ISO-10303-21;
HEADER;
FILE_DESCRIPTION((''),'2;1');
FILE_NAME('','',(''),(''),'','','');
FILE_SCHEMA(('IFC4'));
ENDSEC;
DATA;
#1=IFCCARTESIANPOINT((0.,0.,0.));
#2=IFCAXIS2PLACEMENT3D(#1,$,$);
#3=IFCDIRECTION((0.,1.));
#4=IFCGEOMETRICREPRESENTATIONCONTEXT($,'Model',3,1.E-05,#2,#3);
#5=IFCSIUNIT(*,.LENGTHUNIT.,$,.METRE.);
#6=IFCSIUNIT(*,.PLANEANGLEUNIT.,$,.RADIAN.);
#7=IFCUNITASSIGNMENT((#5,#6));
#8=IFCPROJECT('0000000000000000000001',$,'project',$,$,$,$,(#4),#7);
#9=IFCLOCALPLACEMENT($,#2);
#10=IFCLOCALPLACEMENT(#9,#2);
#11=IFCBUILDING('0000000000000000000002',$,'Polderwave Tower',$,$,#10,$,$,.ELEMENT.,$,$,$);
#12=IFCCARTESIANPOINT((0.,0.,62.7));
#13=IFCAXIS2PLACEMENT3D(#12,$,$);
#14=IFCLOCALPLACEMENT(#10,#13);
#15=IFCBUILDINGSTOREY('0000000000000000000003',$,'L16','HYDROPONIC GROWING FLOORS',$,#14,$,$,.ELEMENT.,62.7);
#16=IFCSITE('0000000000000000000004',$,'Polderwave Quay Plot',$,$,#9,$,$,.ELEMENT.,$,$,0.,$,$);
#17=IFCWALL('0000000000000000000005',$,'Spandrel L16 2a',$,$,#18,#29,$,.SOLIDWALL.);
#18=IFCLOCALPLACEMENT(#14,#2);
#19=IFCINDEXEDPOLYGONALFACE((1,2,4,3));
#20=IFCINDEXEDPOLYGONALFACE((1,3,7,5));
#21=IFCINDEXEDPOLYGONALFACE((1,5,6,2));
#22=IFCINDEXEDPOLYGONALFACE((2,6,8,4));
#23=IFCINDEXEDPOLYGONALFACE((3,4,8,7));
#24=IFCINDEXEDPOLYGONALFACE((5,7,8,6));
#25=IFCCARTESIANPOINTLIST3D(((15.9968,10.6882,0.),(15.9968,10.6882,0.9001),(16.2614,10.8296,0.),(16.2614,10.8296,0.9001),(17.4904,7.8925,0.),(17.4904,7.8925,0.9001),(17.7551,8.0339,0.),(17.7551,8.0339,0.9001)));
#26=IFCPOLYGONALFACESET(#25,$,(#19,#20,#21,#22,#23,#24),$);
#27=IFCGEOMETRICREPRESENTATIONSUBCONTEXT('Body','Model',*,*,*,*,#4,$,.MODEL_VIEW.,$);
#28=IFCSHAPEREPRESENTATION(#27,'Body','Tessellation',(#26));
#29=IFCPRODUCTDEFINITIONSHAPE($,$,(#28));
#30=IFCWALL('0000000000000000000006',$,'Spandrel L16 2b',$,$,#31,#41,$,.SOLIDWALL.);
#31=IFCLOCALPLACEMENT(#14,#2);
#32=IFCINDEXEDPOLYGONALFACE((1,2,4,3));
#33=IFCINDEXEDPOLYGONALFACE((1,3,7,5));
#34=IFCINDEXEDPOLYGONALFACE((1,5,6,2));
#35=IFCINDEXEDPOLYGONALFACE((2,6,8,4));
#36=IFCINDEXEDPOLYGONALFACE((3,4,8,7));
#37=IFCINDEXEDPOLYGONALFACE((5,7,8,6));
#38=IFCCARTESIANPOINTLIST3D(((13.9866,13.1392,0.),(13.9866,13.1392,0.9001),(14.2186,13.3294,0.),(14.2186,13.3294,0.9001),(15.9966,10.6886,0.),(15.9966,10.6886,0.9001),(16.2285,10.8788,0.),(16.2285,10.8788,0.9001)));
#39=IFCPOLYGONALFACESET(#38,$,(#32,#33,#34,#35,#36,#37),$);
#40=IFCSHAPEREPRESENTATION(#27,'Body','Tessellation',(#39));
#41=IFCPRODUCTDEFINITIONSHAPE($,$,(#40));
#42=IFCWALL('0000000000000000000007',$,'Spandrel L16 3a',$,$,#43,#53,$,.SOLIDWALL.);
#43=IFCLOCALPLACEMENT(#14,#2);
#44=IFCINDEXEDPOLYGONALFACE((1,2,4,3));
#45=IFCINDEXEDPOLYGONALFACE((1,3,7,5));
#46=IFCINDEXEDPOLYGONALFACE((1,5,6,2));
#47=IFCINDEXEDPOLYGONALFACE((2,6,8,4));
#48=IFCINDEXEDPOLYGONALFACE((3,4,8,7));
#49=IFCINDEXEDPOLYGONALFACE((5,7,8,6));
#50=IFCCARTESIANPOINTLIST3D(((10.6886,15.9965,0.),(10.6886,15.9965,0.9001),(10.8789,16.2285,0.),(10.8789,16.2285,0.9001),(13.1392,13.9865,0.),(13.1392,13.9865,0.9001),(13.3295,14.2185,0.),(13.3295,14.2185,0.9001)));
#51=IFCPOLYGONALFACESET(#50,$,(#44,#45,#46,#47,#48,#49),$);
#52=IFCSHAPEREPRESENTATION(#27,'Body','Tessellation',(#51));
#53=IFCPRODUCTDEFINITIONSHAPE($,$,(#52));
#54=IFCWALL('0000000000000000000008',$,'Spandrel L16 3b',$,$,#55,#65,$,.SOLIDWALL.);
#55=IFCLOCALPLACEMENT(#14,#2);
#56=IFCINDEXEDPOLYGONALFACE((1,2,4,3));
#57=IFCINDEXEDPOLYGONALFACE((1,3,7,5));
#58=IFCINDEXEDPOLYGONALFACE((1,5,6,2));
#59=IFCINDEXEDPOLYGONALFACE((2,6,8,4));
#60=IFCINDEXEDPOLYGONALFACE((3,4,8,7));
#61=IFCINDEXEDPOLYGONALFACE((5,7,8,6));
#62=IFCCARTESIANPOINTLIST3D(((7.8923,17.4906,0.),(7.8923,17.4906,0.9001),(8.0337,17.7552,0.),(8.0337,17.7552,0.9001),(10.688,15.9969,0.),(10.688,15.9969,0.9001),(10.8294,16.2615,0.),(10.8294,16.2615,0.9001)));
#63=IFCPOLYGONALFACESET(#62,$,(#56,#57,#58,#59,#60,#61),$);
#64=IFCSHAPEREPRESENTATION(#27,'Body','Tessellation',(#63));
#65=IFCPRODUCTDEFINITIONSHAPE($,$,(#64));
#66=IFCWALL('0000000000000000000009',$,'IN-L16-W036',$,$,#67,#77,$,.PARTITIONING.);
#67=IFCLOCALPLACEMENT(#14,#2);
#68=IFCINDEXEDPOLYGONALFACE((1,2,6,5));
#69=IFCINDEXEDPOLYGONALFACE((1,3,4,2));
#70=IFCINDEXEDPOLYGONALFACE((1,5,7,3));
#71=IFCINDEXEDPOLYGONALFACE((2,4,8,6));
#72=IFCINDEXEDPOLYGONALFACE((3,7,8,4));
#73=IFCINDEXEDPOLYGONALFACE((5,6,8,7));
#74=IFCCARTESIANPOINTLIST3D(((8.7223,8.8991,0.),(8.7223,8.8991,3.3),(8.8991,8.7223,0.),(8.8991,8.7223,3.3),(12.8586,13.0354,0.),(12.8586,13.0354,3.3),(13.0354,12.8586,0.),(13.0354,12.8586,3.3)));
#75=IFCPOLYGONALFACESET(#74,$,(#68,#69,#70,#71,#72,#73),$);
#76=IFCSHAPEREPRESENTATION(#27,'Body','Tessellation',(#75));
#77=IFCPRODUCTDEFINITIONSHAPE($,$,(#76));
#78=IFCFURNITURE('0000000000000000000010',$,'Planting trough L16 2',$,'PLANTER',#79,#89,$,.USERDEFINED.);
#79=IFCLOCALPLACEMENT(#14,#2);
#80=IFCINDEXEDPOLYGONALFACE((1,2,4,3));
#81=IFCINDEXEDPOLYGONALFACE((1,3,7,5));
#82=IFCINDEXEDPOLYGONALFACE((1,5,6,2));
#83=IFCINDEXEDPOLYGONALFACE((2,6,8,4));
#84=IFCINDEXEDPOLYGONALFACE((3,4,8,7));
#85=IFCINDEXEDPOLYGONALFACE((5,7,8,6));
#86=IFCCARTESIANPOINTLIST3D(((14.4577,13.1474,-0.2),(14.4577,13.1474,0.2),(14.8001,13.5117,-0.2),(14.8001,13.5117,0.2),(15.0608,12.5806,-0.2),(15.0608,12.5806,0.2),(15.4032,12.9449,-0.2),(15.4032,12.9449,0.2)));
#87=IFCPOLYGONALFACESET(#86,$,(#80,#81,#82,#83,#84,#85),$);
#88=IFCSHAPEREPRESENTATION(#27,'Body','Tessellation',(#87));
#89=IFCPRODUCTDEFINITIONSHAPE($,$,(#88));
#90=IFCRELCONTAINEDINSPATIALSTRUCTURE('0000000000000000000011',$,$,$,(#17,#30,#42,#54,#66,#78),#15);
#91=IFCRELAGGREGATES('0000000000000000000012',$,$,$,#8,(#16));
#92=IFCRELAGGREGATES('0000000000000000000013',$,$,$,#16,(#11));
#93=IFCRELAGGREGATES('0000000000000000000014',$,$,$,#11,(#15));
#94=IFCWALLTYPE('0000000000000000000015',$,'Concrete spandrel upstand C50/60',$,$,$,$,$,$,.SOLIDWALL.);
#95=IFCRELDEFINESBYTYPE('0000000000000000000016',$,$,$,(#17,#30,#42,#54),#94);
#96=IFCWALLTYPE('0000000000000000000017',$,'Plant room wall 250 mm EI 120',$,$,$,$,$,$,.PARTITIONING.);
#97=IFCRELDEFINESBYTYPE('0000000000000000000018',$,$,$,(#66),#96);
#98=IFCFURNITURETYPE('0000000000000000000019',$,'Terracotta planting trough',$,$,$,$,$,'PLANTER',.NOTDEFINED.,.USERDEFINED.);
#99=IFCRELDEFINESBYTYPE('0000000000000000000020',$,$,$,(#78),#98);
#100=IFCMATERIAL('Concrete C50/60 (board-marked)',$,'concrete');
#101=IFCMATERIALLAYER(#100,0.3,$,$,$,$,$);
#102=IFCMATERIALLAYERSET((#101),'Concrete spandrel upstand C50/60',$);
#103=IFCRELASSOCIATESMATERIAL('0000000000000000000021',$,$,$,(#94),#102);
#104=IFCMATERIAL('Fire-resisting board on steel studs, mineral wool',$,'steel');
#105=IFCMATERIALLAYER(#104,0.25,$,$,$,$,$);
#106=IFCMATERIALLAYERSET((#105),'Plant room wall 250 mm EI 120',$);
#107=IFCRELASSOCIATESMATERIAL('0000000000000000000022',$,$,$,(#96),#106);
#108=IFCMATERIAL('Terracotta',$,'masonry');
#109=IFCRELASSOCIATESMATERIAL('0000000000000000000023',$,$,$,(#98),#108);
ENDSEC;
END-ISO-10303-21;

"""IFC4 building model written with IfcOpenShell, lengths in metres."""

from ifc_helpers import new_model, si_unit, direction, frame, frame_2d, origin, origin_2d, place, context, subcontext, project, spatial, rectangle, extrude, material, layer, layer_set, type_object, element, save


model = new_model("IFC4")

# Units and contexts
model_context = context("Model", 3, precision=1e-05, world=origin(), true_north=direction((0.0, 1.0)))
body_context = subcontext(model_context, "Body", "Model", "MODEL_VIEW")
ifc_project = project(units=[si_unit("LENGTHUNIT", "METRE"), si_unit("PLANEANGLEUNIT", "RADIAN")], contexts=[model_context])

# Site, building, storey
site_placement = place(None, origin())
site = spatial("IfcSite", under=ifc_project, at=site_placement, Name="Polderwave Quay Plot", CompositionType="ELEMENT", RefElevation=0.0)
building_placement = place(site_placement, origin())
building = spatial("IfcBuilding", under=site, at=building_placement, Name="Polderwave Tower", CompositionType="ELEMENT")
storey_placement = place(building_placement, frame((0.0, 0.0, 62.7)))
storey = spatial("IfcBuildingStorey", under=building, at=storey_placement, Name="L16", Description="HYDROPONIC GROWING FLOORS", CompositionType="ELEMENT", Elevation=62.7)

# Walls
ifc_material_1 = material(Name="Concrete C50/60 (board-marked)", Category="concrete")
ifc_layer_1 = layer(ifc_material_1, 0.3)
ifc_layer_set_1 = layer_set([ifc_layer_1], Name="Concrete spandrel upstand C50/60")
wall_type_1 = type_object("IfcWallType", Name="Concrete spandrel upstand C50/60", PredefinedType="SOLIDWALL", material=ifc_layer_set_1)
wall_1_placement = place(storey_placement, frame((17.6228, 7.9631, 0.0), z_axis=(0.0, 0.0, 1.0), x_axis=(-0.471236, 0.882007, 0.0)))
element("IfcWall", 1, at=wall_1_placement, inside=storey, type_object=wall_type_1, Name="Spandrel L16 2a", PredefinedType="SOLIDWALL", context=body_context, shape_type="SweptSolid", body=[
    extrude(rectangle(XDim=3.1697, YDim=0.3, at=frame_2d((1.585, 0.0))), origin(), (0.0, 0.0, 1.0), 0.9001),
])
for number, where, z_axis, x_axis, name in (
    (2, (16.1125, 10.7837, 0.0), (0.0, 0.0, 1.0), (-0.634164, 0.773198, 0.0), "Spandrel L16 2b"),
    (3, (13.2344, 14.1025, 0.0), (0.0, 0.0, 1.0), (-0.773198, 0.634164, 0.0), "Spandrel L16 3a"),
):
    element("IfcWall", number, at=place(storey_placement, frame(where, z_axis=z_axis, x_axis=x_axis)), inside=storey, type_object=wall_type_1, Name=name, PredefinedType="SOLIDWALL", context=body_context, shape_type="SweptSolid", body=[
        extrude(rectangle(XDim=3.1694, YDim=0.3, at=frame_2d((1.5847, 0.0))), origin(), (0.0, 0.0, 1.0), 0.9001),
    ])
wall_2_placement = place(storey_placement, frame((10.7588, 16.1292, 0.0), z_axis=(0.0, 0.0, 1.0), x_axis=(-0.882007, 0.471236, 0.0)))
element("IfcWall", 4, at=wall_2_placement, inside=storey, type_object=wall_type_1, Name="Spandrel L16 3b", PredefinedType="SOLIDWALL", context=body_context, shape_type="SweptSolid", body=[
    extrude(rectangle(XDim=3.1697, YDim=0.3, at=frame_2d((1.585, 0.0))), origin(), (0.0, 0.0, 1.0), 0.9001),
])
ifc_material_2 = material(Name="Fire-resisting board on steel studs, mineral wool", Category="steel")
ifc_layer_2 = layer(ifc_material_2, 0.25)
ifc_layer_set_2 = layer_set([ifc_layer_2], Name="Plant room wall 250 mm EI 120")
wall_type_2 = type_object("IfcWallType", Name="Plant room wall 250 mm EI 120", PredefinedType="PARTITIONING", material=ifc_layer_set_2)
wall_3_placement = place(storey_placement, frame((12.947, 12.947, 0.0), z_axis=(0.0, 0.0, 1.0), x_axis=(-0.707107, -0.707107, 0.0)))
element("IfcWall", 5, at=wall_3_placement, inside=storey, type_object=wall_type_2, Name="IN-L16-W036", PredefinedType="PARTITIONING", context=body_context, shape_type="SweptSolid", body=[
    extrude(rectangle(XDim=5.8496, YDim=0.25, at=frame_2d((2.9248, 0.0))), origin(), (0.0, 0.0, 1.0), 3.3),
])

# Furniture
ifc_material_3 = material(Name="Terracotta", Category="masonry")
furniture_type = type_object("IfcFurnitureType", Name="Terracotta planting trough", ElementType="PLANTER", AssemblyPlace="NOTDEFINED", PredefinedType="USERDEFINED", material=ifc_material_3)
furniture_placement = place(storey_placement, frame((14.9304, 13.0461, -0.2), z_axis=(0.0, 0.0, 1.0), x_axis=(-0.728687, 0.684847, 0.0)))
element("IfcFurniture", 6, at=furniture_placement, inside=storey, type_object=furniture_type, Name="Planting trough L16 2", ObjectType="PLANTER", PredefinedType="USERDEFINED", context=body_context, shape_type="SweptSolid", body=[
    extrude(rectangle(XDim=0.8276, YDim=0.5, at=origin_2d()), origin(), (0.0, 0.0, 1.0), 0.3999),
])

save(model, "model.ifc")
